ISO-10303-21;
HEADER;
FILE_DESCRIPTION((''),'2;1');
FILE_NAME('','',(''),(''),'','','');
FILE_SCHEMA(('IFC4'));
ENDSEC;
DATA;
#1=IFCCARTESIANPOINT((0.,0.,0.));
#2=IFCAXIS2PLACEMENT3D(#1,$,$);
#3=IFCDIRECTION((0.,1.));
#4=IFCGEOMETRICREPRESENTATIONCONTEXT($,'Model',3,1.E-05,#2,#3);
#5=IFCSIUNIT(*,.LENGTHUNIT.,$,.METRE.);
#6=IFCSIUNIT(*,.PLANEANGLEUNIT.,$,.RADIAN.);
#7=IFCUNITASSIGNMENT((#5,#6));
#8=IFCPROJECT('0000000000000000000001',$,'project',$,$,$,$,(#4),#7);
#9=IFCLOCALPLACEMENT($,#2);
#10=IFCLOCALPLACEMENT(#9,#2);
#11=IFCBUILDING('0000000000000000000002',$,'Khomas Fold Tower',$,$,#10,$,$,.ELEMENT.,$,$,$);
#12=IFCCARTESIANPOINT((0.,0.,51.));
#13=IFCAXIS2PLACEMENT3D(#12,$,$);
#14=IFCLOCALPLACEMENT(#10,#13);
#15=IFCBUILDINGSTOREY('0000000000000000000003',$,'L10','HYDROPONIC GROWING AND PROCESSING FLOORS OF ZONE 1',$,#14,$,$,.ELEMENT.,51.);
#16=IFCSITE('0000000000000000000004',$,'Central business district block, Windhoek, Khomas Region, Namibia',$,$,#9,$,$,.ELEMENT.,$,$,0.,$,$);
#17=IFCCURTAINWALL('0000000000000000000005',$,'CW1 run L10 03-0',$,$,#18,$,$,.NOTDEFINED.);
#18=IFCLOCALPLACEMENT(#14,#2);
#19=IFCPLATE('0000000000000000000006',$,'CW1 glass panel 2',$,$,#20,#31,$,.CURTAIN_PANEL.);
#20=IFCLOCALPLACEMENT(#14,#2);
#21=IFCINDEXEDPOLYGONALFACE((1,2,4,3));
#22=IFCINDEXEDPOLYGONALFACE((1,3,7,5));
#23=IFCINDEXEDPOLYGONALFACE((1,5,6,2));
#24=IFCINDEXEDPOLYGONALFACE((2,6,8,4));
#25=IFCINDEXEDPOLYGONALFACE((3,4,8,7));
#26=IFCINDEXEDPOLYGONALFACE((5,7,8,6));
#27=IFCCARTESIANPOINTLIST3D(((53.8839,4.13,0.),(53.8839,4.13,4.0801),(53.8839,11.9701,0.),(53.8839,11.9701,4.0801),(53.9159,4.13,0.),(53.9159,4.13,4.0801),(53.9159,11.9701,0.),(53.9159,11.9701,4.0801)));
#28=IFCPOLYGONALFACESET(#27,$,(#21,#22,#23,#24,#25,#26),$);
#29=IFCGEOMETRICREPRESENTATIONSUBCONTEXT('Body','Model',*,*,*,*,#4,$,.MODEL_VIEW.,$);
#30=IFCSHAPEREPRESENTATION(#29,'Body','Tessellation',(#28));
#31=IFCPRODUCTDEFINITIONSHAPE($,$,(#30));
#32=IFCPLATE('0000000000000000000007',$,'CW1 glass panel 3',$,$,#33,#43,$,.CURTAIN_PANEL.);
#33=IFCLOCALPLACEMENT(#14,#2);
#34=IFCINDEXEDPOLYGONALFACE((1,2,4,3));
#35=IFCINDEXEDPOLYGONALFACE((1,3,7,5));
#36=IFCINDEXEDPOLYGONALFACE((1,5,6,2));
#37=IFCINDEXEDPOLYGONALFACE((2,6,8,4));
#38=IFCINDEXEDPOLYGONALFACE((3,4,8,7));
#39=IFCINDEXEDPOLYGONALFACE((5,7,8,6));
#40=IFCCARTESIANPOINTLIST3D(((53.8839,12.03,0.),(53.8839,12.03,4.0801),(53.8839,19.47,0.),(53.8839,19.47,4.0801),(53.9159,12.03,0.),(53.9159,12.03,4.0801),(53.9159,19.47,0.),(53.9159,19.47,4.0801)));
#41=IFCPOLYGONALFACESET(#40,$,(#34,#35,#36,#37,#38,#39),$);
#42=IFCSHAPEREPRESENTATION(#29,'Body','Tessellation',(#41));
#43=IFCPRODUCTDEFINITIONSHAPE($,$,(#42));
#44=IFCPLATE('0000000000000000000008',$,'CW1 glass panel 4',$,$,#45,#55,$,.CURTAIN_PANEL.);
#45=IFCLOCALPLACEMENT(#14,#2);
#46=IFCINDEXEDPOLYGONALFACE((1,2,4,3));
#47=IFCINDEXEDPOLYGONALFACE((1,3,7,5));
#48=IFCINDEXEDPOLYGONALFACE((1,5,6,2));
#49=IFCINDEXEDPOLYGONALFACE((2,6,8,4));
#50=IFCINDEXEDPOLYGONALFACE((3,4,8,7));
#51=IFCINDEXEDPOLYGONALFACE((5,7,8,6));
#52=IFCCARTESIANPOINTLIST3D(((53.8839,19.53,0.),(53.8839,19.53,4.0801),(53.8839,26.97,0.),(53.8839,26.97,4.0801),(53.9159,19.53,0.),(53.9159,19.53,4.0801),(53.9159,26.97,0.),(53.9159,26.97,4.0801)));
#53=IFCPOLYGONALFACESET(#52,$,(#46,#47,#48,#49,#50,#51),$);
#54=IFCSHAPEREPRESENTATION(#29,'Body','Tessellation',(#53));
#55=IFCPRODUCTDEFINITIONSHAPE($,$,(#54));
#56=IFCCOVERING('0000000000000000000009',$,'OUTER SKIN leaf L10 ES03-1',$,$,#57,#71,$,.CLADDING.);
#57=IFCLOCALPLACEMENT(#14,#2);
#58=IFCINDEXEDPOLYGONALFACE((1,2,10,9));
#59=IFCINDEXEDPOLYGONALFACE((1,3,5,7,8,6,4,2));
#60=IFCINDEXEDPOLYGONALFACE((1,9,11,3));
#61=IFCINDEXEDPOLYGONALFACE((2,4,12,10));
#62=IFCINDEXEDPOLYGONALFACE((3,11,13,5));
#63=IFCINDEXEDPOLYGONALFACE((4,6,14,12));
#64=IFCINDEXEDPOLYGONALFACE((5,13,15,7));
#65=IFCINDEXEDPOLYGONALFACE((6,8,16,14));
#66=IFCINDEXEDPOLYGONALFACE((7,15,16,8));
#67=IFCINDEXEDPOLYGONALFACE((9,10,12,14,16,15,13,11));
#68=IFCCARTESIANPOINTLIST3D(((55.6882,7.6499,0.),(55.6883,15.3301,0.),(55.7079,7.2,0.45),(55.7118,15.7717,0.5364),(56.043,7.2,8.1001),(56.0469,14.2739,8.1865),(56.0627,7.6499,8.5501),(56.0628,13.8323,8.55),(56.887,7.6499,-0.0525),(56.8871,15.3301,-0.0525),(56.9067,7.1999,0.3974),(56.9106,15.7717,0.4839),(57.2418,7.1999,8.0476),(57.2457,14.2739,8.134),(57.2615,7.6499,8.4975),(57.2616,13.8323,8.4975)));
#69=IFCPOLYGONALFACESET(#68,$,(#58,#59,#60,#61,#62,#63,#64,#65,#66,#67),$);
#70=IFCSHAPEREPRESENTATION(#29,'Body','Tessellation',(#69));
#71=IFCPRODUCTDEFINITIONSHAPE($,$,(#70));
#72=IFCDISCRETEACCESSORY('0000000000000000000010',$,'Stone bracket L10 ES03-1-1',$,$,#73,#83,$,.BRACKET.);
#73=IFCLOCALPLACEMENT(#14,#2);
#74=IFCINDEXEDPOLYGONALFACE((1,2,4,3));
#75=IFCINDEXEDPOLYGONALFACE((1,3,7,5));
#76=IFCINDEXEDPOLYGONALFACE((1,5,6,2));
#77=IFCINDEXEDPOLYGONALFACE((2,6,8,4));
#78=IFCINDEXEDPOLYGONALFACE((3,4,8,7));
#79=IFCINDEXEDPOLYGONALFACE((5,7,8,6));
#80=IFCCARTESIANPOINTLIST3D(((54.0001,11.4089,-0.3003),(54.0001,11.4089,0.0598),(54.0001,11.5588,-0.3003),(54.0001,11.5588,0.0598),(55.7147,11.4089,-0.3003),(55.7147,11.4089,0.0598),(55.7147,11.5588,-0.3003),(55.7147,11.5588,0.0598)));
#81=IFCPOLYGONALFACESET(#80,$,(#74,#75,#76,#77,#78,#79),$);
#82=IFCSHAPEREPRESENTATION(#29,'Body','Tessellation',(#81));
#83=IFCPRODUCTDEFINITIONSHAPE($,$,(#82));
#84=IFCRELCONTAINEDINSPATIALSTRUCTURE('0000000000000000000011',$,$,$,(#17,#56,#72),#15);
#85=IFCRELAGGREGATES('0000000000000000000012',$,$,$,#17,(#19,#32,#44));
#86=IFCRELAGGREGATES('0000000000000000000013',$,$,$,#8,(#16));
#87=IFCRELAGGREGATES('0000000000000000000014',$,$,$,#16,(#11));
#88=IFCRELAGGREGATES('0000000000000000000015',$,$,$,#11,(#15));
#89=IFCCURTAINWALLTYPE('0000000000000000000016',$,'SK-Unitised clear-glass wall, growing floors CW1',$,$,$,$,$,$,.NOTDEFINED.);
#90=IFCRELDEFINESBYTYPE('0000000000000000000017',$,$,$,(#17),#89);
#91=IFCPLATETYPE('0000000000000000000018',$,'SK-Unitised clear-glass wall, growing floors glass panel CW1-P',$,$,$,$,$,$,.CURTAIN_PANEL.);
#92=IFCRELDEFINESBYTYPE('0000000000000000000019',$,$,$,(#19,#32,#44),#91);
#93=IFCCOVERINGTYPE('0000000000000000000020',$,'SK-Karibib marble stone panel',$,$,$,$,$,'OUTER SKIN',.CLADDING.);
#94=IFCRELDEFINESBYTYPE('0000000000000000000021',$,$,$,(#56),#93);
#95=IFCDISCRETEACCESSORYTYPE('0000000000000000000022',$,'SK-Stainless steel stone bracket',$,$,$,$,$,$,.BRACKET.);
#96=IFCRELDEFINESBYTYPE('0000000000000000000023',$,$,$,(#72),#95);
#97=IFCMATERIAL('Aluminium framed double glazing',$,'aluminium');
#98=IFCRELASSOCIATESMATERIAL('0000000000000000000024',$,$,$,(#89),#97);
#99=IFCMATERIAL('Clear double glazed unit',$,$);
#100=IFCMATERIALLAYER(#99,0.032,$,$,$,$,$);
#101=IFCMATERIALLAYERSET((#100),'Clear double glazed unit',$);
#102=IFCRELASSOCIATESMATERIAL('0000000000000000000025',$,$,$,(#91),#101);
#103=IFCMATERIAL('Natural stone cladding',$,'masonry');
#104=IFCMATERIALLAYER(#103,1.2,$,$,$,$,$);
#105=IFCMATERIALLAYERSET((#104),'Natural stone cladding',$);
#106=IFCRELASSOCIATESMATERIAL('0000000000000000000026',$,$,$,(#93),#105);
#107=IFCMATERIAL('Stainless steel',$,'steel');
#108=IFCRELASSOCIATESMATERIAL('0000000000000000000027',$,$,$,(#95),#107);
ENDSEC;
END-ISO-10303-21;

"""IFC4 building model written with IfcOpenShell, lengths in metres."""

from ifc_helpers import new_model, si_unit, direction, frame, origin, origin_2d, place, context, subcontext, project, spatial, polyline, rectangle, outline, extrude, source, transform, mapped, material, layer, layer_set, type_object, element, aggregate, save


model = new_model("IFC4")

# Units and contexts
model_context = context("Model", 3, precision=1e-05, world=origin(), true_north=direction((0.0, 1.0)))
body_context = subcontext(model_context, "Body", "Model", "MODEL_VIEW")
ifc_project = project(units=[si_unit("LENGTHUNIT", "METRE"), si_unit("PLANEANGLEUNIT", "RADIAN")], contexts=[model_context])

# Site, building, storey
site_placement = place(None, origin())
site = spatial("IfcSite", under=ifc_project, at=site_placement, Name="Central business district block, Windhoek, Khomas Region, Namibia", CompositionType="ELEMENT", RefElevation=0.0)
building_placement = place(site_placement, origin())
building = spatial("IfcBuilding", under=site, at=building_placement, Name="Khomas Fold Tower", CompositionType="ELEMENT")
storey_placement = place(building_placement, frame((0.0, 0.0, 51.0)))
storey = spatial("IfcBuildingStorey", under=building, at=storey_placement, Name="L10", Description="HYDROPONIC GROWING AND PROCESSING FLOORS OF ZONE 1", CompositionType="ELEMENT", Elevation=51.0)

# Curtain wall, plates
ifc_material_1 = material(Name="Aluminium framed double glazing", Category="aluminium")
curtain_wall_type = type_object("IfcCurtainWallType", Name="SK-Unitised clear-glass wall, growing floors CW1", PredefinedType="NOTDEFINED", material=ifc_material_1)
curtain_wall_placement = place(storey_placement, origin())
curtain_wall = element("IfcCurtainWall", 1, at=curtain_wall_placement, inside=storey, type_object=curtain_wall_type, Name="CW1 run L10 03-0", PredefinedType="NOTDEFINED")
ifc_material_2 = material(Name="Clear double glazed unit")
ifc_layer_1 = layer(ifc_material_2, 0.032)
ifc_layer_set_1 = layer_set([ifc_layer_1], Name="Clear double glazed unit")
plate_type = type_object("IfcPlateType", Name="SK-Unitised clear-glass wall, growing floors glass panel CW1-P", PredefinedType="CURTAIN_PANEL", material=ifc_layer_set_1)
shared_shape_1 = source(origin(), body_context, "Body", "SweptSolid", [
    extrude(rectangle(XDim=7.8401, YDim=0.032, at=origin_2d()), origin(), (0.0, 0.0, 1.0), 4.0801),
])
plate_1_placement = place(storey_placement, frame((53.8999, 8.05, 0.0), z_axis=(0.0, 0.0, 1.0), x_axis=(0.0, 1.0, 0.0)))
plate_1 = element("IfcPlate", 2, at=plate_1_placement, type_object=plate_type, Name="CW1 glass panel 2", PredefinedType="CURTAIN_PANEL", context=body_context, shape_type="MappedRepresentation", body=[
    mapped(shared_shape_1, transform((0.0, 0.0, 0.0))),
])
shared_shape_2 = source(origin(), body_context, "Body", "SweptSolid", [
    extrude(rectangle(XDim=7.4399, YDim=0.032, at=origin_2d()), origin(), (0.0, 0.0, 1.0), 4.0801),
])
plate_2_placement = place(storey_placement, frame((53.8999, 15.75, 0.0), z_axis=(0.0, 0.0, 1.0), x_axis=(0.0, 1.0, 0.0)))
plate_2 = element("IfcPlate", 3, at=plate_2_placement, type_object=plate_type, Name="CW1 glass panel 3", PredefinedType="CURTAIN_PANEL", context=body_context, shape_type="MappedRepresentation", body=[
    mapped(shared_shape_2, transform((0.0, 0.0, 0.0))),
])
plate_3_placement = place(storey_placement, frame((53.8999, 23.25, 0.0), z_axis=(0.0, 0.0, 1.0), x_axis=(0.0, 1.0, 0.0)))
plate_3 = element("IfcPlate", 4, at=plate_3_placement, type_object=plate_type, Name="CW1 glass panel 4", PredefinedType="CURTAIN_PANEL", context=body_context, shape_type="MappedRepresentation", body=[
    mapped(shared_shape_2, transform((0.0, 0.0, 0.0))),
])
aggregate(curtain_wall, [plate_1, plate_2, plate_3])

# Covering
ifc_material_3 = material(Name="Natural stone cladding", Category="masonry")
ifc_layer_2 = layer(ifc_material_3, 1.2)
ifc_layer_set_2 = layer_set([ifc_layer_2], Name="Natural stone cladding")
covering_type = type_object("IfcCoveringType", Name="SK-Karibib marble stone panel", ElementType="OUTER SKIN", PredefinedType="CLADDING", material=ifc_layer_set_2)
covering_placement = place(storey_placement, frame((56.0469, 14.2739, 8.1865), z_axis=(-0.999042, 0.000015, 0.043762), x_axis=(-0.042945, 0.191962, -0.980462)))
element("IfcCovering", 5, at=covering_placement, inside=storey, type_object=covering_type, Name="OUTER SKIN leaf L10 ES03-1", PredefinedType="CLADDING", context=body_context, shape_type="SweptSolid", body=[
    extrude(outline(polyline([(0.0, 0.0), (7.8026, 0.0), (8.2447, 0.5365), (6.7704, 8.0738), (6.242, 8.429), (-1.273, 6.959), (-1.6287, 6.431), (-0.4419, 0.3636), (0.0, 0.0)])), origin(), (0.0, 0.0, -1.0), 1.2),
])

# Discrete accessory
ifc_material_4 = material(Name="Stainless steel", Category="steel")
discrete_accessory_type = type_object("IfcDiscreteAccessoryType", Name="SK-Stainless steel stone bracket", PredefinedType="BRACKET", material=ifc_material_4)
shared_shape_3 = source(origin(), body_context, "Body", "SweptSolid", [
    extrude(rectangle(XDim=1.7146, YDim=0.1499, at=origin_2d()), origin(), (0.0, 0.0, 1.0), 0.3601),
])
discrete_accessory_placement = place(storey_placement, frame((54.8574, 11.4839, -0.3003), z_axis=(0.0, 0.0, 1.0), x_axis=(1.0, 0.0, 0.0)))
element("IfcDiscreteAccessory", 6, at=discrete_accessory_placement, inside=storey, type_object=discrete_accessory_type, Name="Stone bracket L10 ES03-1-1", PredefinedType="BRACKET", context=body_context, shape_type="MappedRepresentation", body=[
    mapped(shared_shape_3, transform((0.0, 0.0, 0.0))),
])

save(model, "model.ifc")
